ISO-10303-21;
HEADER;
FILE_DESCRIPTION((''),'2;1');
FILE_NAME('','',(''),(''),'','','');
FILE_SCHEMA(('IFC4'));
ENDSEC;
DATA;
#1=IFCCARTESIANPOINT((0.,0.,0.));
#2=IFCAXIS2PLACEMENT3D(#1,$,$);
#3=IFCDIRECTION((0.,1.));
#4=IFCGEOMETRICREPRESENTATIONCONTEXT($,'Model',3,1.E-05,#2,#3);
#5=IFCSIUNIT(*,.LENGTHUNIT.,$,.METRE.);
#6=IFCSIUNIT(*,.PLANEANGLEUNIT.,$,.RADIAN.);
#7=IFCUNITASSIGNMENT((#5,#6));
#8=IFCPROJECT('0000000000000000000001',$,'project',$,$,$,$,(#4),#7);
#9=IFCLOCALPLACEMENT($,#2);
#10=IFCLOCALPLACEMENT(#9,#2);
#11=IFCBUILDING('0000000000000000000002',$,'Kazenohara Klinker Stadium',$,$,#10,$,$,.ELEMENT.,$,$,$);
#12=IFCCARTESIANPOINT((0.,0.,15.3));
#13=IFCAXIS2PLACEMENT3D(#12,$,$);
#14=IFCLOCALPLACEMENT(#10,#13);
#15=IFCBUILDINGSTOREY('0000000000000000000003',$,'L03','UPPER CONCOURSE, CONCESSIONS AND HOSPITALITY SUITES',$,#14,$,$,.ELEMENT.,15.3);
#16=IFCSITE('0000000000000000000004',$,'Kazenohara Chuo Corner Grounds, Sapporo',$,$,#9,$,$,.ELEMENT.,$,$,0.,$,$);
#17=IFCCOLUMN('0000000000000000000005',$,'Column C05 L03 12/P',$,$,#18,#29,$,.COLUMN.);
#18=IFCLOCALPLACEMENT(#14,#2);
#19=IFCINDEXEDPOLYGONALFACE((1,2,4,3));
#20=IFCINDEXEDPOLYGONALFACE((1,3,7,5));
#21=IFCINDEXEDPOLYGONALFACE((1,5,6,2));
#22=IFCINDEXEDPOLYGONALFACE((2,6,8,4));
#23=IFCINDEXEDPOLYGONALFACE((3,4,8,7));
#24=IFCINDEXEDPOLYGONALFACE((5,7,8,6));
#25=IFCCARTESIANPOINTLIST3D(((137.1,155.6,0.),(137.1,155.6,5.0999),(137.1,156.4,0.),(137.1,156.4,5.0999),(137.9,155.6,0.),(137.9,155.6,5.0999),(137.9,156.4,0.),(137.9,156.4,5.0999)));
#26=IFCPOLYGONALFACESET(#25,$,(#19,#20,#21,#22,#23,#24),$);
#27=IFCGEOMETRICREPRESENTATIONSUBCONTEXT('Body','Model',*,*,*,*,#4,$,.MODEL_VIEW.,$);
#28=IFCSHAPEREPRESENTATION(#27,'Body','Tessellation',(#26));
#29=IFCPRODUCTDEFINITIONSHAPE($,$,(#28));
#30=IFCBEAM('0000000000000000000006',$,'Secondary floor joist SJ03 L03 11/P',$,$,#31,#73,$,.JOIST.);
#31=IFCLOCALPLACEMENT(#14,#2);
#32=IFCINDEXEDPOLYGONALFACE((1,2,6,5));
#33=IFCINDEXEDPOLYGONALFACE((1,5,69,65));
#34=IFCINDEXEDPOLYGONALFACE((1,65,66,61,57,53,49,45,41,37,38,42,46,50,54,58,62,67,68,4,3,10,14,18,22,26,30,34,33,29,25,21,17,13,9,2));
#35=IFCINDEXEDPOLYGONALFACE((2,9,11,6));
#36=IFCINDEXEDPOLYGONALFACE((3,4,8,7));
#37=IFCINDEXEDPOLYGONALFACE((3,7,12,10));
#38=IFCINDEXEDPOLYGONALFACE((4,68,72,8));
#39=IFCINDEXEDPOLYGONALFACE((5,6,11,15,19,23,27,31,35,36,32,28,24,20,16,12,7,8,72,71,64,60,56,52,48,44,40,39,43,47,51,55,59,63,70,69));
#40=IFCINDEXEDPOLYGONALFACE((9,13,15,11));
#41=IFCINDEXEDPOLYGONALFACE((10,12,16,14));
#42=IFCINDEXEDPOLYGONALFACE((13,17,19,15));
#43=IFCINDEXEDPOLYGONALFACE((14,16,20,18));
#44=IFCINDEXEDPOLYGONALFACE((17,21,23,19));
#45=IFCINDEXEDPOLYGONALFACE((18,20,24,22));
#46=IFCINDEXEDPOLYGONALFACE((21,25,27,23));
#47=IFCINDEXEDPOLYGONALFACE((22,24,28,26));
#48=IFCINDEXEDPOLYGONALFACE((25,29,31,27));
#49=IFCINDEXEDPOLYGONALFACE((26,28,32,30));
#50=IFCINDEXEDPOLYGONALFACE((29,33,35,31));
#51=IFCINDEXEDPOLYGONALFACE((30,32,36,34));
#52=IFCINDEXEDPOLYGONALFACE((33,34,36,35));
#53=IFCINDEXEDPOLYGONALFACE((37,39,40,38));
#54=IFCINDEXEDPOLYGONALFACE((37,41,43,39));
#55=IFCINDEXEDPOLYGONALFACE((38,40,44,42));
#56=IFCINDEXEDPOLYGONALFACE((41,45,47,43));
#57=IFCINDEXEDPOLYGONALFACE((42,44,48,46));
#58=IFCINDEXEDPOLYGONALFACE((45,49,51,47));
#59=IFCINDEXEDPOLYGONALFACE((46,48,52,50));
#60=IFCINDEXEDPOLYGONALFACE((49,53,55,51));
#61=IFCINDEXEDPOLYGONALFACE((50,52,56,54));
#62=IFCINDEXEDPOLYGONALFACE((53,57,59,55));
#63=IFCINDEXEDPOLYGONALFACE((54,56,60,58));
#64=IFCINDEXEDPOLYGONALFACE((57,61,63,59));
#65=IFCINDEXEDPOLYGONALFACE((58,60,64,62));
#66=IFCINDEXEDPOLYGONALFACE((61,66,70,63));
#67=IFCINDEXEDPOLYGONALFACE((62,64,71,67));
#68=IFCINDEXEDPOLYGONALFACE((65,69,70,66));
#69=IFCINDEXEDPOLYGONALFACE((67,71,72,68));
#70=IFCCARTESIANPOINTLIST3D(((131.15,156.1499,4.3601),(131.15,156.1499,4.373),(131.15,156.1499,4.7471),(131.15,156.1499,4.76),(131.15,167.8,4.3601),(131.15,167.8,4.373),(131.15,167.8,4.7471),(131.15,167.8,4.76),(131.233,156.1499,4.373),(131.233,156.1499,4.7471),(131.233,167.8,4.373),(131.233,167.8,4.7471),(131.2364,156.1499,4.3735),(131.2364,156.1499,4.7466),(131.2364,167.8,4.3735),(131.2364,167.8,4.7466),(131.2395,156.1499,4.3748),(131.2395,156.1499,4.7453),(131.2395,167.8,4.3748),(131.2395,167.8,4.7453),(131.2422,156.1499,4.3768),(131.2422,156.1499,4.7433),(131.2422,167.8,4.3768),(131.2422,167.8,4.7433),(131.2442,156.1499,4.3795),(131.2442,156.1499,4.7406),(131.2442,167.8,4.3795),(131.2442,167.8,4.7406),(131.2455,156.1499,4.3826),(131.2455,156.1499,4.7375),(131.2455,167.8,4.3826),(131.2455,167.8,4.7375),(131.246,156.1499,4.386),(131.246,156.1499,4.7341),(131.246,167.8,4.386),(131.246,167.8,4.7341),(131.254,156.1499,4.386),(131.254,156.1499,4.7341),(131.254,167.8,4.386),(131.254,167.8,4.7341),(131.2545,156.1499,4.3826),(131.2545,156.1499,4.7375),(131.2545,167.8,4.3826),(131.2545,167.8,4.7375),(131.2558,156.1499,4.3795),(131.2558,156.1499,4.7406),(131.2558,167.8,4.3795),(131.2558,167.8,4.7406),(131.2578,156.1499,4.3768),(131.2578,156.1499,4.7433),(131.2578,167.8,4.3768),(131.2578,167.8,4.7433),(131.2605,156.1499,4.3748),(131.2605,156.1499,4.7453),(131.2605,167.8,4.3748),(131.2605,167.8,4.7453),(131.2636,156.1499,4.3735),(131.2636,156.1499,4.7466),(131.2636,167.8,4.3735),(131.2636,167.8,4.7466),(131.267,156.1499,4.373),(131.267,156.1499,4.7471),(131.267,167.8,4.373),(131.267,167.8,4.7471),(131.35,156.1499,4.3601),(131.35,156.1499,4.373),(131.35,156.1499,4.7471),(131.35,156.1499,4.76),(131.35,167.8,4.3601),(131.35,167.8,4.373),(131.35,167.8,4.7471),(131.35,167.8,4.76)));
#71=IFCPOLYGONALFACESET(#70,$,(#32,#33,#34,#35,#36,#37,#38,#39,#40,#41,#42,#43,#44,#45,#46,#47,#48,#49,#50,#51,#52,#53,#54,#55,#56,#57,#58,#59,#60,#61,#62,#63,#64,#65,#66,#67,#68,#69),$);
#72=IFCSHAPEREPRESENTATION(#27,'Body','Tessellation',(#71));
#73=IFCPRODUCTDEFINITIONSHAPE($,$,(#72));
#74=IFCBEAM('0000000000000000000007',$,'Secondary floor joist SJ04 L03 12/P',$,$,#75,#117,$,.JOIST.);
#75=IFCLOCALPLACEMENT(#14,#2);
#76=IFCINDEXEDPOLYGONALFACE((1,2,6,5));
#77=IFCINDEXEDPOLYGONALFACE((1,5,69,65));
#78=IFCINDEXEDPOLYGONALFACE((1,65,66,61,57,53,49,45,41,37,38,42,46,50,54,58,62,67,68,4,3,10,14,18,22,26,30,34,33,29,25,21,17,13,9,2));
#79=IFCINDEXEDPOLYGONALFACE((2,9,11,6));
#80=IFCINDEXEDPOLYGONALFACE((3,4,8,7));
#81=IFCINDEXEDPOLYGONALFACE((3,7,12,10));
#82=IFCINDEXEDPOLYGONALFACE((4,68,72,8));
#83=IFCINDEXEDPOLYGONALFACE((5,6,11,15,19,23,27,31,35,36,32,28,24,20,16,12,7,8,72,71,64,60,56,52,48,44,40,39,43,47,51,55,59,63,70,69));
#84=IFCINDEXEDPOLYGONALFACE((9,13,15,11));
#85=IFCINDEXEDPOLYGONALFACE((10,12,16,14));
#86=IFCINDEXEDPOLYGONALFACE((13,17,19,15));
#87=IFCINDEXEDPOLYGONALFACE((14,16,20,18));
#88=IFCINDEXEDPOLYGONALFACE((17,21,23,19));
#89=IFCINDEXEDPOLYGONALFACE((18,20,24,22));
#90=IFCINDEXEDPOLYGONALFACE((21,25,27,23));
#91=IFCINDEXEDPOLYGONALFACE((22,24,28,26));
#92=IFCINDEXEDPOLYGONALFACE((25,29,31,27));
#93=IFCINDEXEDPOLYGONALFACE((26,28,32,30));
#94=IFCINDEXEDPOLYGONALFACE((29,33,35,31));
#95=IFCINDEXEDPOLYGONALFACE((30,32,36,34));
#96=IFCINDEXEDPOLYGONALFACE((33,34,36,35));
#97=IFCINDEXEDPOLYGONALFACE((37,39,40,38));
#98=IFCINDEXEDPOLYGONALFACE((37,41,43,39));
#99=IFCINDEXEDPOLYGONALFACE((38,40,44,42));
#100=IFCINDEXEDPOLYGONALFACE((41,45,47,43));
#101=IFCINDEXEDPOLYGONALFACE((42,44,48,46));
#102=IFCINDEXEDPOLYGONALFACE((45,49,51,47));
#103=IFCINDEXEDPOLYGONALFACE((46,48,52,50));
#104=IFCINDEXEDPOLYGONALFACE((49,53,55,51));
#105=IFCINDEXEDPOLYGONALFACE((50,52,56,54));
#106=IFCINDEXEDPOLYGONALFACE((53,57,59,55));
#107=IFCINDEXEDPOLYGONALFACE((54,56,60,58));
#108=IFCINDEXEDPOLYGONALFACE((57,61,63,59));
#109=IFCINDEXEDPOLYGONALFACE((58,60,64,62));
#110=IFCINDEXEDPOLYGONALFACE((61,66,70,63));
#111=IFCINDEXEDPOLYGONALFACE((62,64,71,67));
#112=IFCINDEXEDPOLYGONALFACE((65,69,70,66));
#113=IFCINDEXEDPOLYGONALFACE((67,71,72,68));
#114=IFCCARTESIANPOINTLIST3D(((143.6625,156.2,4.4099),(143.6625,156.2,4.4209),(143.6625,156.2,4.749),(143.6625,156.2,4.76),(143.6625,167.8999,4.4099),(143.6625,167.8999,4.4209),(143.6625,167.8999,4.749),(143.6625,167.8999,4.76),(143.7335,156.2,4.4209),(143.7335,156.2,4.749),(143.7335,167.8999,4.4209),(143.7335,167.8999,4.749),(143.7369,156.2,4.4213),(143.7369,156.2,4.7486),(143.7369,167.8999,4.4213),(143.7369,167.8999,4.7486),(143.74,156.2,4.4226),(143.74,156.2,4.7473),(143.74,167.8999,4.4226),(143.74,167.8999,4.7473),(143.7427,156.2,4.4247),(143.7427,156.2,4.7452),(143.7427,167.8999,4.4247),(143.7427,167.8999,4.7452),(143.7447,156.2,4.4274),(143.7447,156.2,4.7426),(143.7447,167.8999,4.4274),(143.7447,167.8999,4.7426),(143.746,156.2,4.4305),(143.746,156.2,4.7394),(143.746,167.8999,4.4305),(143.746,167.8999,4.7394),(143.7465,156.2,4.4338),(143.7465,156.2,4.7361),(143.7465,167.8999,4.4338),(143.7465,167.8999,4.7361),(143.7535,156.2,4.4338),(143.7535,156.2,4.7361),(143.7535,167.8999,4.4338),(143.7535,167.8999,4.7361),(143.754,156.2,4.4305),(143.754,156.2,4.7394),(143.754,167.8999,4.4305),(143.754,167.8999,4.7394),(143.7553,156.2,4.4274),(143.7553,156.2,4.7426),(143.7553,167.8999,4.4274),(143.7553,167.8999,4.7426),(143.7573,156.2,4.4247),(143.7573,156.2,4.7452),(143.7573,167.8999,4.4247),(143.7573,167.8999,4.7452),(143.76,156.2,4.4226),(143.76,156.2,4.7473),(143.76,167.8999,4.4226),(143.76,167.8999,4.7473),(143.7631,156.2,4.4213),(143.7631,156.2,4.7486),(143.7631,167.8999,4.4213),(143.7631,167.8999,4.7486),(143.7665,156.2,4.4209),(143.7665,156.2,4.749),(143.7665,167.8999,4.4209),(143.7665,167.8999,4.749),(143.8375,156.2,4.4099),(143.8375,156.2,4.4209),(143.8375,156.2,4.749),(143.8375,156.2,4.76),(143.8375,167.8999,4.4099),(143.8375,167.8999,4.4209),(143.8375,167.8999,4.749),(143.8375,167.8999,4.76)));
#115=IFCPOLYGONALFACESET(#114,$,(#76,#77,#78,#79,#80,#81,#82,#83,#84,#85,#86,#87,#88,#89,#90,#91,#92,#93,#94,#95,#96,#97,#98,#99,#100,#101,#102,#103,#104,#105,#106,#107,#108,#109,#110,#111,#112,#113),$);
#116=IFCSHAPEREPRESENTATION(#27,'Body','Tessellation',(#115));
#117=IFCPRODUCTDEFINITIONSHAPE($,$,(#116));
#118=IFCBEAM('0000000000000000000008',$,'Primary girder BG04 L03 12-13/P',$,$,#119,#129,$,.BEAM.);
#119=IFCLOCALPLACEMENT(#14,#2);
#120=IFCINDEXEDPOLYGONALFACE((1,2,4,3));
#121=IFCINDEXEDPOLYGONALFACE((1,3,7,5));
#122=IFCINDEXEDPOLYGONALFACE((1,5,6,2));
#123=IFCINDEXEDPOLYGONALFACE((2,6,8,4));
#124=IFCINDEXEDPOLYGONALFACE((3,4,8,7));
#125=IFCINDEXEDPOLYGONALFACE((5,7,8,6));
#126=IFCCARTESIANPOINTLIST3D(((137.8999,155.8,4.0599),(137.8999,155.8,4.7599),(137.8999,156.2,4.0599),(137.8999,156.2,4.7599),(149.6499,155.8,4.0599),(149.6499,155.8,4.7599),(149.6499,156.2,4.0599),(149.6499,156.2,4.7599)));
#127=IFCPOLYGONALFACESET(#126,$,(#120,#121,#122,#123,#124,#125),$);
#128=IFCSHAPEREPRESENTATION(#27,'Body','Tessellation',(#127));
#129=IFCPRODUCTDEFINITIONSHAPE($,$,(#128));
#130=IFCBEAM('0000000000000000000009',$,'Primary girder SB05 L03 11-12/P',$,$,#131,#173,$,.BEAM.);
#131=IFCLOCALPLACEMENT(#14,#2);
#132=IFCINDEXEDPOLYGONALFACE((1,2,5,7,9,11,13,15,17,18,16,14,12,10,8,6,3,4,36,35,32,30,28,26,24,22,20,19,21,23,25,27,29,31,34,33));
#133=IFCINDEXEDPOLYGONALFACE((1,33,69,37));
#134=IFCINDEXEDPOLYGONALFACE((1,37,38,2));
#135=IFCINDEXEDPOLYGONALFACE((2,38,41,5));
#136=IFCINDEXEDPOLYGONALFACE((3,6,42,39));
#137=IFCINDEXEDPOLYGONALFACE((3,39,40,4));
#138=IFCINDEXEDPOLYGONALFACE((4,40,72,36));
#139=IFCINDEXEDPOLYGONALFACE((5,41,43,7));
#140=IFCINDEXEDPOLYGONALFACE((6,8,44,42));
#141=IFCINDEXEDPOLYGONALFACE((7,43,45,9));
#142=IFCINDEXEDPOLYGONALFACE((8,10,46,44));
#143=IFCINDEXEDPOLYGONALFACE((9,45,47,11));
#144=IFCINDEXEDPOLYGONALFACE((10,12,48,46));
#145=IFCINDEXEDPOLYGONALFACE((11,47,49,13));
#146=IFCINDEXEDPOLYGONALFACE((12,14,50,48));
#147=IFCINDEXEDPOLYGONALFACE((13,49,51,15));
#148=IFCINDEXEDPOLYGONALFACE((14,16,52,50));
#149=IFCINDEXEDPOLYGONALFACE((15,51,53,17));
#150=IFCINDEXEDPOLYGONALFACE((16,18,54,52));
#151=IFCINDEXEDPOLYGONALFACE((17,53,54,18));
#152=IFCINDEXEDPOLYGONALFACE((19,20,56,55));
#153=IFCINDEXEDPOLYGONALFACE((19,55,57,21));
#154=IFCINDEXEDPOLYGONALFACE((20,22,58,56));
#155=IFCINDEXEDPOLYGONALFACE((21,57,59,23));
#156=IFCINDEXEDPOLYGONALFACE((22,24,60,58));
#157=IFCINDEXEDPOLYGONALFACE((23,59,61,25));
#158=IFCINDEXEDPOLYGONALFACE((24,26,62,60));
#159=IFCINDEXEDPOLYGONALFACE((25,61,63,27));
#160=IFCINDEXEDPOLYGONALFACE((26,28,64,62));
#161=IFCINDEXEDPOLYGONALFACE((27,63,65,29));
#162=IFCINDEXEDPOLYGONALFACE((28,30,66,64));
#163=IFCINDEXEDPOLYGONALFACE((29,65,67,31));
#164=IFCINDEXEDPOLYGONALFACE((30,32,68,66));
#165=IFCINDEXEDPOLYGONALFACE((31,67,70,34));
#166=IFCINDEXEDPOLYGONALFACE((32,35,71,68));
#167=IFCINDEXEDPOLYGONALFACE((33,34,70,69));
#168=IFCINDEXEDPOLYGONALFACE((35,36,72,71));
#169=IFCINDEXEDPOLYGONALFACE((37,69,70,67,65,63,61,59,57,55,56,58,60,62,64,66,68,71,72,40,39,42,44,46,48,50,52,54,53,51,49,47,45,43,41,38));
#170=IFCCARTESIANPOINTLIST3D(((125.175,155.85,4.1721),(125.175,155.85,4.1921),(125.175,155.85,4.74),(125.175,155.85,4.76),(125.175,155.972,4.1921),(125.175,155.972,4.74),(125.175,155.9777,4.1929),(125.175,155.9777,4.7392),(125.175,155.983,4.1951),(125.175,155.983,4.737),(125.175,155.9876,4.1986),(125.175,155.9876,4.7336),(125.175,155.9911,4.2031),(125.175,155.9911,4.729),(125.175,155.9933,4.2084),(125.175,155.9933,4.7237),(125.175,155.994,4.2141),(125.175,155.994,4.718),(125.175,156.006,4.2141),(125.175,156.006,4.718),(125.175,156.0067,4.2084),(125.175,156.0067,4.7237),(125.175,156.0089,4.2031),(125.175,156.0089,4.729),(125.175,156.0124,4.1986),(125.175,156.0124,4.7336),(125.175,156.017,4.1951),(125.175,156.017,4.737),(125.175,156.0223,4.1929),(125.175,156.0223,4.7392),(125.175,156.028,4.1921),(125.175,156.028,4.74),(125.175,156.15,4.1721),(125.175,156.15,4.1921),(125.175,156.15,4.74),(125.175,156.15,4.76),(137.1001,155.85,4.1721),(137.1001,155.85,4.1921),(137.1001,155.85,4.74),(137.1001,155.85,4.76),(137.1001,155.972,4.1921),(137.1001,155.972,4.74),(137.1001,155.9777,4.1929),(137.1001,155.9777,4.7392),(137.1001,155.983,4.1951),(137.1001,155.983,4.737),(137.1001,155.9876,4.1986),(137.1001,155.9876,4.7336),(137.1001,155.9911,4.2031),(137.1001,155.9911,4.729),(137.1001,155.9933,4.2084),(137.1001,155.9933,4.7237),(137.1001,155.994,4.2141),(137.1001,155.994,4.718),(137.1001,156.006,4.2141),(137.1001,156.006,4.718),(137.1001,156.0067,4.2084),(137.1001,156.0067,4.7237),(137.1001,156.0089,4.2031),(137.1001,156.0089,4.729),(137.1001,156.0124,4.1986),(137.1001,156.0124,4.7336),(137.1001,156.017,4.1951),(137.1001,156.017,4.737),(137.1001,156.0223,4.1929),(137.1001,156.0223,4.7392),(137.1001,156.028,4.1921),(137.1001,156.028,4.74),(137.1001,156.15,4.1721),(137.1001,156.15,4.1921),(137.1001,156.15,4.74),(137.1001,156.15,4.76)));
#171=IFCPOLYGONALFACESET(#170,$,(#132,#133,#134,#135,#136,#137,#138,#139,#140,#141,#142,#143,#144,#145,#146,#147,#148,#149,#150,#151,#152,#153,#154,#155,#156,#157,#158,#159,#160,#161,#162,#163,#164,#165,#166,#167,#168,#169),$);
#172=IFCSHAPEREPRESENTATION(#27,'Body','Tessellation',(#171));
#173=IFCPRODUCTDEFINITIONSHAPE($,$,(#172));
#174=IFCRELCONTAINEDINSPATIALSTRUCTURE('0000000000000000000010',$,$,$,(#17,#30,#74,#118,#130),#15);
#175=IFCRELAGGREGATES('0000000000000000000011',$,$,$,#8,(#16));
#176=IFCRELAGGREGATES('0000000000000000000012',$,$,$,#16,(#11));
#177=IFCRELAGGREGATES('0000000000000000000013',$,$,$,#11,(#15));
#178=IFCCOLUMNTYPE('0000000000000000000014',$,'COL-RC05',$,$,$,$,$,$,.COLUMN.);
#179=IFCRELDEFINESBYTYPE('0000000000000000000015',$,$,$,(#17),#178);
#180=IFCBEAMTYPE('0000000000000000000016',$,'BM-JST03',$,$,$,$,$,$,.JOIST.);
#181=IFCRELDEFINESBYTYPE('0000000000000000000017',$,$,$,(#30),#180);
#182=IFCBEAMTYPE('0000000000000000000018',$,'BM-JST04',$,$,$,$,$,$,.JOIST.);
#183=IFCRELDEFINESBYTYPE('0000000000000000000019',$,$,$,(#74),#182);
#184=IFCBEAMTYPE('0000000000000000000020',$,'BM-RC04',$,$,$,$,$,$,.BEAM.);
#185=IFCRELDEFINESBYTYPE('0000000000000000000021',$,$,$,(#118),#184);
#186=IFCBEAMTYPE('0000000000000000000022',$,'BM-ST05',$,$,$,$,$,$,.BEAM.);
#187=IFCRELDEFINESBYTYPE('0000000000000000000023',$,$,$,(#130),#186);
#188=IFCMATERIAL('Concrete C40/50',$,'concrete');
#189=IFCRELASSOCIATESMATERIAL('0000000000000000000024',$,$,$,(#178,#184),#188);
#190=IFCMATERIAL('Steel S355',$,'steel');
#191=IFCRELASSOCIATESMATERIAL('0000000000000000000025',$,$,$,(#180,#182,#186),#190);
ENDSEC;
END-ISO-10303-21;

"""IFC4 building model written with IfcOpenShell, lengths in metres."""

from ifc_helpers import new_model, si_unit, direction, frame, origin, origin_2d, place, context, subcontext, project, spatial, rectangle, i_section, extrude, material, material_profile, profile_set, type_object, element, save


model = new_model("IFC4")

# Units and contexts
model_context = context("Model", 3, precision=1e-05, world=origin(), true_north=direction((0.0, 1.0)))
body_context = subcontext(model_context, "Body", "Model", "MODEL_VIEW")
ifc_project = project(units=[si_unit("LENGTHUNIT", "METRE"), si_unit("PLANEANGLEUNIT", "RADIAN")], contexts=[model_context])

# Site, building, storey
site_placement = place(None, origin())
site = spatial("IfcSite", under=ifc_project, at=site_placement, Name="Kazenohara Chuo Corner Grounds, Sapporo", CompositionType="ELEMENT", RefElevation=0.0)
building_placement = place(site_placement, origin())
building = spatial("IfcBuilding", under=site, at=building_placement, Name="Kazenohara Klinker Stadium", CompositionType="ELEMENT")
storey_placement = place(building_placement, frame((0.0, 0.0, 15.3)))
storey = spatial("IfcBuildingStorey", under=building, at=storey_placement, Name="L03", Description="UPPER CONCOURSE, CONCESSIONS AND HOSPITALITY SUITES", CompositionType="ELEMENT", Elevation=15.3)

# Column
ifc_material_1 = material(Name="Concrete C40/50", Category="concrete")
ifc_material_profile_1 = material_profile(ifc_material_1, rectangle(XDim=0.8, YDim=0.8, at=origin_2d()), Name="RC-COL-800x800")
ifc_profile_set_1 = profile_set([ifc_material_profile_1], Name="Concrete C40/50")
column_type = type_object("IfcColumnType", Name="COL-RC05", PredefinedType="COLUMN", material=ifc_profile_set_1)
column_placement = place(storey_placement, frame((137.5, 156.0, 0.0), z_axis=(0.0, 0.0, 1.0), x_axis=(1.0, 0.0, 0.0)))
element("IfcColumn", 1, at=column_placement, inside=storey, type_object=column_type, Name="Column C05 L03 12/P", PredefinedType="COLUMN", context=body_context, shape_type="SweptSolid", body=[
    extrude(rectangle(XDim=0.8, YDim=0.8, at=origin_2d()), origin(), (0.0, 0.0, 1.0), 5.0999),
])

# Beams
ifc_material_2 = material(Name="Steel S355", Category="steel")
ifc_material_profile_2 = material_profile(ifc_material_2, i_section(OverallWidth=0.2, OverallDepth=0.3999, WebThickness=0.0081, FlangeThickness=0.0129, FilletRadius=0.0129, at=origin_2d()), Name="H-400x200x8x13")
ifc_profile_set_2 = profile_set([ifc_material_profile_2], Name="Steel S355")
beam_type_1 = type_object("IfcBeamType", Name="BM-JST03", PredefinedType="JOIST", material=ifc_profile_set_2)
beam_1_placement = place(storey_placement, frame((131.25, 156.1499, 4.5601), z_axis=(0.0, 1.0, 0.0), x_axis=(-1.0, 0.0, 0.0)))
element("IfcBeam", 2, at=beam_1_placement, inside=storey, type_object=beam_type_1, Name="Secondary floor joist SJ03 L03 11/P", PredefinedType="JOIST", context=body_context, shape_type="SweptSolid", body=[
    extrude(i_section(OverallWidth=0.2, OverallDepth=0.3999, WebThickness=0.0081, FlangeThickness=0.0129, FilletRadius=0.0129, at=origin_2d()), origin(), (0.0, 0.0, 1.0), 11.6501),
])
ifc_material_profile_3 = material_profile(ifc_material_2, i_section(OverallWidth=0.175, OverallDepth=0.3501, WebThickness=0.0071, FlangeThickness=0.011, FilletRadius=0.0129, at=origin_2d()), Name="H-350x175x7x11")
ifc_profile_set_3 = profile_set([ifc_material_profile_3], Name="Steel S355")
beam_type_2 = type_object("IfcBeamType", Name="BM-JST04", PredefinedType="JOIST", material=ifc_profile_set_3)
beam_2_placement = place(storey_placement, frame((143.75, 156.2, 4.585), z_axis=(0.0, 1.0, 0.0), x_axis=(-1.0, 0.0, 0.0)))
element("IfcBeam", 3, at=beam_2_placement, inside=storey, type_object=beam_type_2, Name="Secondary floor joist SJ04 L03 12/P", PredefinedType="JOIST", context=body_context, shape_type="SweptSolid", body=[
    extrude(i_section(OverallWidth=0.175, OverallDepth=0.3501, WebThickness=0.0071, FlangeThickness=0.011, FilletRadius=0.0129, at=origin_2d()), origin(), (0.0, 0.0, 1.0), 11.7),
])
ifc_material_profile_4 = material_profile(ifc_material_1, rectangle(XDim=0.3999, YDim=0.7, at=origin_2d()), Name="RC-BM-400x700")
ifc_profile_set_4 = profile_set([ifc_material_profile_4], Name="Concrete C40/50")
beam_type_3 = type_object("IfcBeamType", Name="BM-RC04", PredefinedType="BEAM", material=ifc_profile_set_4)
beam_3_placement = place(storey_placement, frame((137.8999, 156.0, 4.4099), z_axis=(1.0, 0.0, 0.0), x_axis=(0.0, 1.0, 0.0)))
element("IfcBeam", 4, at=beam_3_placement, inside=storey, type_object=beam_type_3, Name="Primary girder BG04 L03 12-13/P", PredefinedType="BEAM", context=body_context, shape_type="SweptSolid", body=[
    extrude(rectangle(XDim=0.3999, YDim=0.7, at=origin_2d()), origin(), (0.0, 0.0, 1.0), 11.75),
])
ifc_material_profile_5 = material_profile(ifc_material_2, i_section(OverallWidth=0.3, OverallDepth=0.5879, WebThickness=0.012, FlangeThickness=0.02, FilletRadius=0.022, at=origin_2d()), Name="H-588x300x12x20")
ifc_profile_set_5 = profile_set([ifc_material_profile_5], Name="Steel S355")
beam_type_4 = type_object("IfcBeamType", Name="BM-ST05", PredefinedType="BEAM", material=ifc_profile_set_5)
beam_4_placement = place(storey_placement, frame((125.175, 156.0, 4.4661), z_axis=(1.0, 0.0, 0.0), x_axis=(0.0, 1.0, 0.0)))
element("IfcBeam", 5, at=beam_4_placement, inside=storey, type_object=beam_type_4, Name="Primary girder SB05 L03 11-12/P", PredefinedType="BEAM", context=body_context, shape_type="SweptSolid", body=[
    extrude(i_section(OverallWidth=0.3, OverallDepth=0.5879, WebThickness=0.012, FlangeThickness=0.02, FilletRadius=0.022, at=origin_2d()), origin(), (0.0, 0.0, 1.0), 11.925),
])

save(model, "model.ifc")
